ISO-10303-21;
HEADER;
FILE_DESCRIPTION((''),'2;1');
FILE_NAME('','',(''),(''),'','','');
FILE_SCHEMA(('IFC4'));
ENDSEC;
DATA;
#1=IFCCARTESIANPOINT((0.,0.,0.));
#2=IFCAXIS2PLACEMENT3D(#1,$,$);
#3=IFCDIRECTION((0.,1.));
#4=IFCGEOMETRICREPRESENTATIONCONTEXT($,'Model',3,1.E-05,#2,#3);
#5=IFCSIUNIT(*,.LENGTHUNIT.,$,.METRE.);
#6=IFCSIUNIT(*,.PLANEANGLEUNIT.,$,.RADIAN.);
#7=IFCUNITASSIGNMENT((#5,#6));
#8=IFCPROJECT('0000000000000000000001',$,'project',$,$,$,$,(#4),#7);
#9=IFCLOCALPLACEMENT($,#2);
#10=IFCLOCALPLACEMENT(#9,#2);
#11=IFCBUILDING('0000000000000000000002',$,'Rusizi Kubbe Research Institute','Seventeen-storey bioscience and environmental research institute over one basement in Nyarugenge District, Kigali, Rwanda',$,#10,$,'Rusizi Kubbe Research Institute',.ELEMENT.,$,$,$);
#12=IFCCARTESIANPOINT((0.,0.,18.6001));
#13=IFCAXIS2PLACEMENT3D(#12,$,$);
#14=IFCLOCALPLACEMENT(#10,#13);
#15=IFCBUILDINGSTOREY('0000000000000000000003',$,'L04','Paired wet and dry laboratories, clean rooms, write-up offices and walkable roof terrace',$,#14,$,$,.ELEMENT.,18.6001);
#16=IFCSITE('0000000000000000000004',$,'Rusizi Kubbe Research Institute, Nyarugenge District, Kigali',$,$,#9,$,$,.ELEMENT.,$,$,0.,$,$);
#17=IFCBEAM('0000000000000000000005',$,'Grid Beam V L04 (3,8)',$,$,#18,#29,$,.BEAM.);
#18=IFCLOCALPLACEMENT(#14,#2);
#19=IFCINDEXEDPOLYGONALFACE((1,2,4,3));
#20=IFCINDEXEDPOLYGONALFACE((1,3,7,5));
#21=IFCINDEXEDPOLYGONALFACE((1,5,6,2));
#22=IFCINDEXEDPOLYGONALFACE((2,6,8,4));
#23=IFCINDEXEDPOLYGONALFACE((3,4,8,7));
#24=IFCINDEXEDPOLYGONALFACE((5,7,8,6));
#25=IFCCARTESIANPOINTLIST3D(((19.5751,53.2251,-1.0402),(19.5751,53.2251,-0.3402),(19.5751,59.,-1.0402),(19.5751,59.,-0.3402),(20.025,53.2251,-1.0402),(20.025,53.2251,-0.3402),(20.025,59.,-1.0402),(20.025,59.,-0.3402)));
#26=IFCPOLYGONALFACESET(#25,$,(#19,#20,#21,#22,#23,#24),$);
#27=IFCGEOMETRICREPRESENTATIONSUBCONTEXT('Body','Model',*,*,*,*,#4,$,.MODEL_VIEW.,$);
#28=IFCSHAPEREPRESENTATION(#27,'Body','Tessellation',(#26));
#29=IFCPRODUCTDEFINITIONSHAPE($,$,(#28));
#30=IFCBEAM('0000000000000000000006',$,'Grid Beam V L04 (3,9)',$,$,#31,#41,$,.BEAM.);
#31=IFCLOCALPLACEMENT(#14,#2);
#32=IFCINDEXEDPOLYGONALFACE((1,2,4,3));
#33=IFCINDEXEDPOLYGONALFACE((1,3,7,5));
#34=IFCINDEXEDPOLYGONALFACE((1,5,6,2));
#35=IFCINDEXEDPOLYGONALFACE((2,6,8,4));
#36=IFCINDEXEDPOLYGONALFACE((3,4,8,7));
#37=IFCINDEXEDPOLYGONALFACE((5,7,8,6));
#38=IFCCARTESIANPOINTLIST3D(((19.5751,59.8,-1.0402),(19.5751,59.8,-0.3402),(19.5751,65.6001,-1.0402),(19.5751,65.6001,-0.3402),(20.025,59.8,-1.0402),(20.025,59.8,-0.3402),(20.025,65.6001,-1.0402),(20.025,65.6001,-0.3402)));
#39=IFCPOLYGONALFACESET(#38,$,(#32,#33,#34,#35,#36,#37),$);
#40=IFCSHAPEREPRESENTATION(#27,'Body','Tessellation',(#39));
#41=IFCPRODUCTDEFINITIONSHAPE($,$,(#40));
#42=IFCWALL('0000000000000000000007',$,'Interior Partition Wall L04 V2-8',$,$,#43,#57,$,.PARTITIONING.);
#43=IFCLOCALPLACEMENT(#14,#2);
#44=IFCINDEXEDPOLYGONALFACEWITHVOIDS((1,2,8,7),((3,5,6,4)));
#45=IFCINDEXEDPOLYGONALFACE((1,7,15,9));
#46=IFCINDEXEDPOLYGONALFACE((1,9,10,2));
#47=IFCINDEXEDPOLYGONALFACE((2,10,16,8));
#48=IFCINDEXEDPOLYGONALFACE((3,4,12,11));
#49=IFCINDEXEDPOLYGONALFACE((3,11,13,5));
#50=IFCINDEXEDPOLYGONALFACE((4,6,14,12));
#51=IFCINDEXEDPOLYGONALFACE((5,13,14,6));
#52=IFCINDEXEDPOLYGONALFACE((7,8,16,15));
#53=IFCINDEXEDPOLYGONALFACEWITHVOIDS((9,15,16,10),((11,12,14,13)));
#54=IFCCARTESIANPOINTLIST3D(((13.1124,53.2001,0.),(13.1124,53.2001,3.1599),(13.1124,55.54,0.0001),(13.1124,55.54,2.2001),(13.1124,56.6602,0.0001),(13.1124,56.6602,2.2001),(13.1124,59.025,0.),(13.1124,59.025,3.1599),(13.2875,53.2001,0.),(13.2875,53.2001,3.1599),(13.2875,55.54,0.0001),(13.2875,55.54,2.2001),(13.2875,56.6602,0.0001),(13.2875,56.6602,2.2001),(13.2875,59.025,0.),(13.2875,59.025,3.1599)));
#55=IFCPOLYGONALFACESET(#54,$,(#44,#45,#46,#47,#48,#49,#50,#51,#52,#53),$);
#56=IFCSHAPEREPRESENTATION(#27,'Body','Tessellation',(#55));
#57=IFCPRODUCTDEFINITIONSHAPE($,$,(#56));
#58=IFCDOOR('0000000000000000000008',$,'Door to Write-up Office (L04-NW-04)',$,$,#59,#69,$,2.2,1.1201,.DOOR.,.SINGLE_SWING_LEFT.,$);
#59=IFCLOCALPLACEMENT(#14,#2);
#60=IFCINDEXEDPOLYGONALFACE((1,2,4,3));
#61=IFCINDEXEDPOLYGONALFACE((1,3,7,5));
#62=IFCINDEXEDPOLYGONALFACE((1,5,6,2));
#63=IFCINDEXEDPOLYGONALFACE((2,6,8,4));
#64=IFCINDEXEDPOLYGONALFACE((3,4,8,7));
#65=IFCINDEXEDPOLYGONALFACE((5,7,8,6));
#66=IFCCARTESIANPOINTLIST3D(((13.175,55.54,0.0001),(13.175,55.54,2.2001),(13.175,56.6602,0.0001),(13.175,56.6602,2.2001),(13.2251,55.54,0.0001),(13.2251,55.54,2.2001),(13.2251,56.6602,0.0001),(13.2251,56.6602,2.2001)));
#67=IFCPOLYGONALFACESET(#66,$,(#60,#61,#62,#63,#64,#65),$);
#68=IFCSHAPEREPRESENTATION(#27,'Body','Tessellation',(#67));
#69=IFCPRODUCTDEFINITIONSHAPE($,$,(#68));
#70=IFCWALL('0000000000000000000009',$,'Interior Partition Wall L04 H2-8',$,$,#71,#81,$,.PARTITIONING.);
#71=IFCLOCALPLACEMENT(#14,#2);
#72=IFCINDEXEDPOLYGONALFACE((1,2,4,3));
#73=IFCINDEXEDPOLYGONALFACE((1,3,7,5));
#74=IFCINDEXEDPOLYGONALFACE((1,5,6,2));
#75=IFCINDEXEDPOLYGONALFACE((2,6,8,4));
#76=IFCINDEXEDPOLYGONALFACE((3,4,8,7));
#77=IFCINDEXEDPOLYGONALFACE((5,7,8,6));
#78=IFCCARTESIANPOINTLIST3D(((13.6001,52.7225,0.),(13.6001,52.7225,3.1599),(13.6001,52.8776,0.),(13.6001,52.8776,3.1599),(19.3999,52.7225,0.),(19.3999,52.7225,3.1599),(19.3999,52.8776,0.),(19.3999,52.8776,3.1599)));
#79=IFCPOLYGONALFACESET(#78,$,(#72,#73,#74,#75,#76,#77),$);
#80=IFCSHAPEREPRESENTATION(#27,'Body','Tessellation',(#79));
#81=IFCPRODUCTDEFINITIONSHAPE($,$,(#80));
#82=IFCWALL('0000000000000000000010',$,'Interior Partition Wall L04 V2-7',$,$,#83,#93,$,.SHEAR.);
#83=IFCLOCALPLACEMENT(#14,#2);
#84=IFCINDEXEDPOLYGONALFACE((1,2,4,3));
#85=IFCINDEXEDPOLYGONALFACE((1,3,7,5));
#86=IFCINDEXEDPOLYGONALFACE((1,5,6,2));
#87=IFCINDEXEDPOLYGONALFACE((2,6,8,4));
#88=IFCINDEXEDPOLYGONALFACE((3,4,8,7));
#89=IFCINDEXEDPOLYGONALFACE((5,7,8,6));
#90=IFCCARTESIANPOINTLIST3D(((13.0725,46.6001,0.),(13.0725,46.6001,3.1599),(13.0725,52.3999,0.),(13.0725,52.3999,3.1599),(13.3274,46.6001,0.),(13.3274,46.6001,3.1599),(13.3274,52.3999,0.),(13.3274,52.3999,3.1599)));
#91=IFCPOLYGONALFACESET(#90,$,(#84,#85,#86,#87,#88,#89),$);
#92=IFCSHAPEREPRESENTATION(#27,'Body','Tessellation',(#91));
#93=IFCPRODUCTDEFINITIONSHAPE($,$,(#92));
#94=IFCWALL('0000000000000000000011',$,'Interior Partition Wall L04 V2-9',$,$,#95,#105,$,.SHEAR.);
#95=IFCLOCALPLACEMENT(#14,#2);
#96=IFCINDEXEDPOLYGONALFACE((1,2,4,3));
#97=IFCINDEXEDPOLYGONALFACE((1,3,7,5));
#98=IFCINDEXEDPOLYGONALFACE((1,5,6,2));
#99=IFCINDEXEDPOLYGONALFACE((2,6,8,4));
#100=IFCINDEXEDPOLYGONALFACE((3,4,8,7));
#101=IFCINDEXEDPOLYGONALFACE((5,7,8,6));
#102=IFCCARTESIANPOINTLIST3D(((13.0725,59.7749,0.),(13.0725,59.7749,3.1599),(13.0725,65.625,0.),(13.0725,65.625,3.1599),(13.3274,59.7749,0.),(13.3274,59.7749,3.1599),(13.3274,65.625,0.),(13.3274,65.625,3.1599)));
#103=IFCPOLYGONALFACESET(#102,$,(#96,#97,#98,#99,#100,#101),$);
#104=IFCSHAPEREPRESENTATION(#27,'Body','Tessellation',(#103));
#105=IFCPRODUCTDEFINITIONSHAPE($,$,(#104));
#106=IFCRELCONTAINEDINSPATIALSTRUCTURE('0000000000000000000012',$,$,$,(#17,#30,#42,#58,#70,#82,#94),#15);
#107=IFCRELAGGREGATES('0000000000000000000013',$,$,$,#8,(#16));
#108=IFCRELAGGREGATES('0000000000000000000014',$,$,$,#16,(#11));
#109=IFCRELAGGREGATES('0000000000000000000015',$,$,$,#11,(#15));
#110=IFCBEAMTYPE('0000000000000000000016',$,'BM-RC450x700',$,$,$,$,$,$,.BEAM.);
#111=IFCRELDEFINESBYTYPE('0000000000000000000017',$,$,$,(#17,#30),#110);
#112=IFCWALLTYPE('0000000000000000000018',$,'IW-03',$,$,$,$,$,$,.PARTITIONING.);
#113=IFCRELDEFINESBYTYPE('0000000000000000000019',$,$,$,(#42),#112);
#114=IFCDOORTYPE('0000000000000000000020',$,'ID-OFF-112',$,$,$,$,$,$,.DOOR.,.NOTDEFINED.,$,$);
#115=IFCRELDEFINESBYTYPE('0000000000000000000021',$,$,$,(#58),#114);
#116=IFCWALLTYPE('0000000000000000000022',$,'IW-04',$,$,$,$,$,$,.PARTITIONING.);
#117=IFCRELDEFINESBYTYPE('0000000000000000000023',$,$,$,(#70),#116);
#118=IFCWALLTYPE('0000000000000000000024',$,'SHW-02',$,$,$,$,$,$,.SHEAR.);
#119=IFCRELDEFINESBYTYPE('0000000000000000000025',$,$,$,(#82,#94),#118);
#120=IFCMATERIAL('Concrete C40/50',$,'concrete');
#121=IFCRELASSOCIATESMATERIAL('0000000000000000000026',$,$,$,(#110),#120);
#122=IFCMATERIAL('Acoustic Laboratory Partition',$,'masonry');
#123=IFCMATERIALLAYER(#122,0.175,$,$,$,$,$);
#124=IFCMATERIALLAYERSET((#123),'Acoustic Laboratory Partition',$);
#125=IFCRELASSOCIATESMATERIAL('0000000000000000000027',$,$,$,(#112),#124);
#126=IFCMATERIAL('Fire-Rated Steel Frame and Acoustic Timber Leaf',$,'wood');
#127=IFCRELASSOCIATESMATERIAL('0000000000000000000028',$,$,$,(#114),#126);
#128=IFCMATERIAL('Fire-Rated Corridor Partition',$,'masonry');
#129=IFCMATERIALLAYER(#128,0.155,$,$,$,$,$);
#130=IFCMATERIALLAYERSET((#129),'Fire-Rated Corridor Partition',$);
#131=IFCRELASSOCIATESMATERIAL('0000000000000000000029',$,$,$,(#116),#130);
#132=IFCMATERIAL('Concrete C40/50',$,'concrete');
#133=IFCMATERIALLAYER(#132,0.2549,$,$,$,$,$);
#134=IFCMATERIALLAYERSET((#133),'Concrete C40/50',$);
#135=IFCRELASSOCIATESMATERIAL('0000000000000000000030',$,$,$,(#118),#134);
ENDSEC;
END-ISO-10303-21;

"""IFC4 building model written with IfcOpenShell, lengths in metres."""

from ifc_helpers import new_model, si_unit, direction, frame, frame_2d, origin, origin_2d, place, context, subcontext, project, spatial, rectangle, extrude, material, layer, layer_set, material_profile, profile_set, type_object, element, fill, save


model = new_model("IFC4")

# Units and contexts
model_context = context("Model", 3, precision=1e-05, world=origin(), true_north=direction((0.0, 1.0)))
body_context = subcontext(model_context, "Body", "Model", "MODEL_VIEW")
ifc_project = project(units=[si_unit("LENGTHUNIT", "METRE"), si_unit("PLANEANGLEUNIT", "RADIAN")], contexts=[model_context])

# Site, building, storey
site_placement = place(None, origin())
site = spatial("IfcSite", under=ifc_project, at=site_placement, Name="Rusizi Kubbe Research Institute, Nyarugenge District, Kigali", CompositionType="ELEMENT", RefElevation=0.0)
building_placement = place(site_placement, origin())
building = spatial("IfcBuilding", under=site, at=building_placement, Name="Rusizi Kubbe Research Institute", Description="Seventeen-storey bioscience and environmental research institute over one basement in Nyarugenge District, Kigali, Rwanda", LongName="Rusizi Kubbe Research Institute", CompositionType="ELEMENT")
storey_placement = place(building_placement, frame((0.0, 0.0, 18.6001)))
storey = spatial("IfcBuildingStorey", under=building, at=storey_placement, Name="L04", Description="Paired wet and dry laboratories, clean rooms, write-up offices and walkable roof terrace", CompositionType="ELEMENT", Elevation=18.6001)

# Beams
ifc_material_1 = material(Name="Concrete C40/50", Category="concrete")
ifc_material_profile_1 = material_profile(ifc_material_1, rectangle(XDim=0.45, YDim=0.7, at=origin_2d()), Name="RC450x700B")
ifc_profile_set_1 = profile_set([ifc_material_profile_1], Name="Concrete C40/50")
beam_type_1 = type_object("IfcBeamType", Name="BM-RC450x700", PredefinedType="BEAM", material=ifc_profile_set_1)
beam_1_placement = place(storey_placement, frame((19.8, 53.2251, -0.6902), z_axis=(0.0, 1.0, 0.0), x_axis=(-1.0, 0.0, 0.0)))
element("IfcBeam", 1, at=beam_1_placement, inside=storey, type_object=beam_type_1, Name="Grid Beam V L04 (3,8)", PredefinedType="BEAM", context=body_context, shape_type="SweptSolid", body=[
    extrude(rectangle(XDim=0.45, YDim=0.7, at=origin_2d()), origin(), (0.0, 0.0, 1.0), 5.7749),
])
beam_2_placement = place(storey_placement, frame((19.8, 59.8, -0.6902), z_axis=(0.0, 1.0, 0.0), x_axis=(-1.0, 0.0, 0.0)))
element("IfcBeam", 2, at=beam_2_placement, inside=storey, type_object=beam_type_1, Name="Grid Beam V L04 (3,9)", PredefinedType="BEAM", context=body_context, shape_type="SweptSolid", body=[
    extrude(rectangle(XDim=0.45, YDim=0.7, at=origin_2d()), origin(), (0.0, 0.0, 1.0), 5.8),
])

# Wall, opening, door
ifc_material_2 = material(Name="Acoustic Laboratory Partition", Category="masonry")
ifc_layer_1 = layer(ifc_material_2, 0.175)
ifc_layer_set_1 = layer_set([ifc_layer_1], Name="Acoustic Laboratory Partition")
wall_type_1 = type_object("IfcWallType", Name="IW-03", PredefinedType="PARTITIONING", material=ifc_layer_set_1)
wall_1_placement = place(storey_placement, frame((13.2, 53.2, 0.0), z_axis=(0.0, 0.0, 1.0), x_axis=(0.0, 1.0, 0.0)))
wall_1 = element("IfcWall", 3, at=wall_1_placement, inside=storey, type_object=wall_type_1, Name="Interior Partition Wall L04 V2-8", PredefinedType="PARTITIONING", context=body_context, shape_type="SweptSolid", body=[
    extrude(rectangle(XDim=5.825, YDim=0.175, at=frame_2d((2.9126, 0.0))), origin(), (0.0, 0.0, 1.0), 3.1599),
])
opening_placement = place(wall_1_placement, frame((2.3401, 0.0, 0.0)))
opening = element("IfcOpeningElement", 4, at=opening_placement, cuts=wall_1, PredefinedType="OPENING", context=body_context, shape_type="SweptSolid", body=[
    extrude(rectangle(XDim=1.1201, YDim=2.2, at=frame_2d((0.5601, 1.1001))), frame((0.0, 0.0974, 0.0), z_axis=(0.0, -1.0, 0.0), x_axis=(1.0, 0.0, 0.0)), (0.0, 0.0, 1.0), 0.1951),
])
ifc_material_3 = material(Name="Fire-Rated Steel Frame and Acoustic Timber Leaf", Category="wood")
door_type = type_object("IfcDoorType", Name="ID-OFF-112", OperationType="NOTDEFINED", PredefinedType="DOOR", material=ifc_material_3)
door_placement = place(opening_placement, origin())
door = element("IfcDoor", 5, at=door_placement, inside=storey, type_object=door_type, Name="Door to Write-up Office (L04-NW-04)", OperationType="SINGLE_SWING_LEFT", OverallHeight=2.2, OverallWidth=1.1201, PredefinedType="DOOR", context=body_context, shape_type="SweptSolid", body=[
    extrude(rectangle(XDim=1.1201, YDim=2.2, at=frame_2d((0.5601, 1.1001))), frame((0.0, 0.0249, 0.0), z_axis=(0.0, -1.0, 0.0), x_axis=(1.0, 0.0, 0.0)), (0.0, 0.0, 1.0), 0.05),
])
fill(opening, door)

# Walls
ifc_material_4 = material(Name="Fire-Rated Corridor Partition", Category="masonry")
ifc_layer_2 = layer(ifc_material_4, 0.155)
ifc_layer_set_2 = layer_set([ifc_layer_2], Name="Fire-Rated Corridor Partition")
wall_type_2 = type_object("IfcWallType", Name="IW-04", PredefinedType="PARTITIONING", material=ifc_layer_set_2)
wall_2_placement = place(storey_placement, frame((13.6001, 52.8, 0.0), z_axis=(0.0, 0.0, 1.0), x_axis=(1.0, 0.0, 0.0)))
element("IfcWall", 6, at=wall_2_placement, inside=storey, type_object=wall_type_2, Name="Interior Partition Wall L04 H2-8", PredefinedType="PARTITIONING", context=body_context, shape_type="SweptSolid", body=[
    extrude(rectangle(XDim=5.7998, YDim=0.155, at=frame_2d((2.8999, 0.0))), origin(), (0.0, 0.0, 1.0), 3.1599),
])
ifc_material_5 = material(Name="Concrete C40/50", Category="concrete")
ifc_layer_3 = layer(ifc_material_5, 0.2549)
ifc_layer_set_3 = layer_set([ifc_layer_3], Name="Concrete C40/50")
wall_type_3 = type_object("IfcWallType", Name="SHW-02", PredefinedType="SHEAR", material=ifc_layer_set_3)
wall_3_placement = place(storey_placement, frame((13.2, 46.6001, 0.0), z_axis=(0.0, 0.0, 1.0), x_axis=(0.0, 1.0, 0.0)))
element("IfcWall", 7, at=wall_3_placement, inside=storey, type_object=wall_type_3, Name="Interior Partition Wall L04 V2-7", PredefinedType="SHEAR", context=body_context, shape_type="SweptSolid", body=[
    extrude(rectangle(XDim=5.7998, YDim=0.2549, at=frame_2d((2.8999, 0.0))), origin(), (0.0, 0.0, 1.0), 3.1599),
])
wall_4_placement = place(storey_placement, frame((13.2, 59.7749, 0.0), z_axis=(0.0, 0.0, 1.0), x_axis=(0.0, 1.0, 0.0)))
element("IfcWall", 8, at=wall_4_placement, inside=storey, type_object=wall_type_3, Name="Interior Partition Wall L04 V2-9", PredefinedType="SHEAR", context=body_context, shape_type="SweptSolid", body=[
    extrude(rectangle(XDim=5.8501, YDim=0.2549, at=frame_2d((2.925, 0.0))), origin(), (0.0, 0.0, 1.0), 3.1599),
])

save(model, "model.ifc")
